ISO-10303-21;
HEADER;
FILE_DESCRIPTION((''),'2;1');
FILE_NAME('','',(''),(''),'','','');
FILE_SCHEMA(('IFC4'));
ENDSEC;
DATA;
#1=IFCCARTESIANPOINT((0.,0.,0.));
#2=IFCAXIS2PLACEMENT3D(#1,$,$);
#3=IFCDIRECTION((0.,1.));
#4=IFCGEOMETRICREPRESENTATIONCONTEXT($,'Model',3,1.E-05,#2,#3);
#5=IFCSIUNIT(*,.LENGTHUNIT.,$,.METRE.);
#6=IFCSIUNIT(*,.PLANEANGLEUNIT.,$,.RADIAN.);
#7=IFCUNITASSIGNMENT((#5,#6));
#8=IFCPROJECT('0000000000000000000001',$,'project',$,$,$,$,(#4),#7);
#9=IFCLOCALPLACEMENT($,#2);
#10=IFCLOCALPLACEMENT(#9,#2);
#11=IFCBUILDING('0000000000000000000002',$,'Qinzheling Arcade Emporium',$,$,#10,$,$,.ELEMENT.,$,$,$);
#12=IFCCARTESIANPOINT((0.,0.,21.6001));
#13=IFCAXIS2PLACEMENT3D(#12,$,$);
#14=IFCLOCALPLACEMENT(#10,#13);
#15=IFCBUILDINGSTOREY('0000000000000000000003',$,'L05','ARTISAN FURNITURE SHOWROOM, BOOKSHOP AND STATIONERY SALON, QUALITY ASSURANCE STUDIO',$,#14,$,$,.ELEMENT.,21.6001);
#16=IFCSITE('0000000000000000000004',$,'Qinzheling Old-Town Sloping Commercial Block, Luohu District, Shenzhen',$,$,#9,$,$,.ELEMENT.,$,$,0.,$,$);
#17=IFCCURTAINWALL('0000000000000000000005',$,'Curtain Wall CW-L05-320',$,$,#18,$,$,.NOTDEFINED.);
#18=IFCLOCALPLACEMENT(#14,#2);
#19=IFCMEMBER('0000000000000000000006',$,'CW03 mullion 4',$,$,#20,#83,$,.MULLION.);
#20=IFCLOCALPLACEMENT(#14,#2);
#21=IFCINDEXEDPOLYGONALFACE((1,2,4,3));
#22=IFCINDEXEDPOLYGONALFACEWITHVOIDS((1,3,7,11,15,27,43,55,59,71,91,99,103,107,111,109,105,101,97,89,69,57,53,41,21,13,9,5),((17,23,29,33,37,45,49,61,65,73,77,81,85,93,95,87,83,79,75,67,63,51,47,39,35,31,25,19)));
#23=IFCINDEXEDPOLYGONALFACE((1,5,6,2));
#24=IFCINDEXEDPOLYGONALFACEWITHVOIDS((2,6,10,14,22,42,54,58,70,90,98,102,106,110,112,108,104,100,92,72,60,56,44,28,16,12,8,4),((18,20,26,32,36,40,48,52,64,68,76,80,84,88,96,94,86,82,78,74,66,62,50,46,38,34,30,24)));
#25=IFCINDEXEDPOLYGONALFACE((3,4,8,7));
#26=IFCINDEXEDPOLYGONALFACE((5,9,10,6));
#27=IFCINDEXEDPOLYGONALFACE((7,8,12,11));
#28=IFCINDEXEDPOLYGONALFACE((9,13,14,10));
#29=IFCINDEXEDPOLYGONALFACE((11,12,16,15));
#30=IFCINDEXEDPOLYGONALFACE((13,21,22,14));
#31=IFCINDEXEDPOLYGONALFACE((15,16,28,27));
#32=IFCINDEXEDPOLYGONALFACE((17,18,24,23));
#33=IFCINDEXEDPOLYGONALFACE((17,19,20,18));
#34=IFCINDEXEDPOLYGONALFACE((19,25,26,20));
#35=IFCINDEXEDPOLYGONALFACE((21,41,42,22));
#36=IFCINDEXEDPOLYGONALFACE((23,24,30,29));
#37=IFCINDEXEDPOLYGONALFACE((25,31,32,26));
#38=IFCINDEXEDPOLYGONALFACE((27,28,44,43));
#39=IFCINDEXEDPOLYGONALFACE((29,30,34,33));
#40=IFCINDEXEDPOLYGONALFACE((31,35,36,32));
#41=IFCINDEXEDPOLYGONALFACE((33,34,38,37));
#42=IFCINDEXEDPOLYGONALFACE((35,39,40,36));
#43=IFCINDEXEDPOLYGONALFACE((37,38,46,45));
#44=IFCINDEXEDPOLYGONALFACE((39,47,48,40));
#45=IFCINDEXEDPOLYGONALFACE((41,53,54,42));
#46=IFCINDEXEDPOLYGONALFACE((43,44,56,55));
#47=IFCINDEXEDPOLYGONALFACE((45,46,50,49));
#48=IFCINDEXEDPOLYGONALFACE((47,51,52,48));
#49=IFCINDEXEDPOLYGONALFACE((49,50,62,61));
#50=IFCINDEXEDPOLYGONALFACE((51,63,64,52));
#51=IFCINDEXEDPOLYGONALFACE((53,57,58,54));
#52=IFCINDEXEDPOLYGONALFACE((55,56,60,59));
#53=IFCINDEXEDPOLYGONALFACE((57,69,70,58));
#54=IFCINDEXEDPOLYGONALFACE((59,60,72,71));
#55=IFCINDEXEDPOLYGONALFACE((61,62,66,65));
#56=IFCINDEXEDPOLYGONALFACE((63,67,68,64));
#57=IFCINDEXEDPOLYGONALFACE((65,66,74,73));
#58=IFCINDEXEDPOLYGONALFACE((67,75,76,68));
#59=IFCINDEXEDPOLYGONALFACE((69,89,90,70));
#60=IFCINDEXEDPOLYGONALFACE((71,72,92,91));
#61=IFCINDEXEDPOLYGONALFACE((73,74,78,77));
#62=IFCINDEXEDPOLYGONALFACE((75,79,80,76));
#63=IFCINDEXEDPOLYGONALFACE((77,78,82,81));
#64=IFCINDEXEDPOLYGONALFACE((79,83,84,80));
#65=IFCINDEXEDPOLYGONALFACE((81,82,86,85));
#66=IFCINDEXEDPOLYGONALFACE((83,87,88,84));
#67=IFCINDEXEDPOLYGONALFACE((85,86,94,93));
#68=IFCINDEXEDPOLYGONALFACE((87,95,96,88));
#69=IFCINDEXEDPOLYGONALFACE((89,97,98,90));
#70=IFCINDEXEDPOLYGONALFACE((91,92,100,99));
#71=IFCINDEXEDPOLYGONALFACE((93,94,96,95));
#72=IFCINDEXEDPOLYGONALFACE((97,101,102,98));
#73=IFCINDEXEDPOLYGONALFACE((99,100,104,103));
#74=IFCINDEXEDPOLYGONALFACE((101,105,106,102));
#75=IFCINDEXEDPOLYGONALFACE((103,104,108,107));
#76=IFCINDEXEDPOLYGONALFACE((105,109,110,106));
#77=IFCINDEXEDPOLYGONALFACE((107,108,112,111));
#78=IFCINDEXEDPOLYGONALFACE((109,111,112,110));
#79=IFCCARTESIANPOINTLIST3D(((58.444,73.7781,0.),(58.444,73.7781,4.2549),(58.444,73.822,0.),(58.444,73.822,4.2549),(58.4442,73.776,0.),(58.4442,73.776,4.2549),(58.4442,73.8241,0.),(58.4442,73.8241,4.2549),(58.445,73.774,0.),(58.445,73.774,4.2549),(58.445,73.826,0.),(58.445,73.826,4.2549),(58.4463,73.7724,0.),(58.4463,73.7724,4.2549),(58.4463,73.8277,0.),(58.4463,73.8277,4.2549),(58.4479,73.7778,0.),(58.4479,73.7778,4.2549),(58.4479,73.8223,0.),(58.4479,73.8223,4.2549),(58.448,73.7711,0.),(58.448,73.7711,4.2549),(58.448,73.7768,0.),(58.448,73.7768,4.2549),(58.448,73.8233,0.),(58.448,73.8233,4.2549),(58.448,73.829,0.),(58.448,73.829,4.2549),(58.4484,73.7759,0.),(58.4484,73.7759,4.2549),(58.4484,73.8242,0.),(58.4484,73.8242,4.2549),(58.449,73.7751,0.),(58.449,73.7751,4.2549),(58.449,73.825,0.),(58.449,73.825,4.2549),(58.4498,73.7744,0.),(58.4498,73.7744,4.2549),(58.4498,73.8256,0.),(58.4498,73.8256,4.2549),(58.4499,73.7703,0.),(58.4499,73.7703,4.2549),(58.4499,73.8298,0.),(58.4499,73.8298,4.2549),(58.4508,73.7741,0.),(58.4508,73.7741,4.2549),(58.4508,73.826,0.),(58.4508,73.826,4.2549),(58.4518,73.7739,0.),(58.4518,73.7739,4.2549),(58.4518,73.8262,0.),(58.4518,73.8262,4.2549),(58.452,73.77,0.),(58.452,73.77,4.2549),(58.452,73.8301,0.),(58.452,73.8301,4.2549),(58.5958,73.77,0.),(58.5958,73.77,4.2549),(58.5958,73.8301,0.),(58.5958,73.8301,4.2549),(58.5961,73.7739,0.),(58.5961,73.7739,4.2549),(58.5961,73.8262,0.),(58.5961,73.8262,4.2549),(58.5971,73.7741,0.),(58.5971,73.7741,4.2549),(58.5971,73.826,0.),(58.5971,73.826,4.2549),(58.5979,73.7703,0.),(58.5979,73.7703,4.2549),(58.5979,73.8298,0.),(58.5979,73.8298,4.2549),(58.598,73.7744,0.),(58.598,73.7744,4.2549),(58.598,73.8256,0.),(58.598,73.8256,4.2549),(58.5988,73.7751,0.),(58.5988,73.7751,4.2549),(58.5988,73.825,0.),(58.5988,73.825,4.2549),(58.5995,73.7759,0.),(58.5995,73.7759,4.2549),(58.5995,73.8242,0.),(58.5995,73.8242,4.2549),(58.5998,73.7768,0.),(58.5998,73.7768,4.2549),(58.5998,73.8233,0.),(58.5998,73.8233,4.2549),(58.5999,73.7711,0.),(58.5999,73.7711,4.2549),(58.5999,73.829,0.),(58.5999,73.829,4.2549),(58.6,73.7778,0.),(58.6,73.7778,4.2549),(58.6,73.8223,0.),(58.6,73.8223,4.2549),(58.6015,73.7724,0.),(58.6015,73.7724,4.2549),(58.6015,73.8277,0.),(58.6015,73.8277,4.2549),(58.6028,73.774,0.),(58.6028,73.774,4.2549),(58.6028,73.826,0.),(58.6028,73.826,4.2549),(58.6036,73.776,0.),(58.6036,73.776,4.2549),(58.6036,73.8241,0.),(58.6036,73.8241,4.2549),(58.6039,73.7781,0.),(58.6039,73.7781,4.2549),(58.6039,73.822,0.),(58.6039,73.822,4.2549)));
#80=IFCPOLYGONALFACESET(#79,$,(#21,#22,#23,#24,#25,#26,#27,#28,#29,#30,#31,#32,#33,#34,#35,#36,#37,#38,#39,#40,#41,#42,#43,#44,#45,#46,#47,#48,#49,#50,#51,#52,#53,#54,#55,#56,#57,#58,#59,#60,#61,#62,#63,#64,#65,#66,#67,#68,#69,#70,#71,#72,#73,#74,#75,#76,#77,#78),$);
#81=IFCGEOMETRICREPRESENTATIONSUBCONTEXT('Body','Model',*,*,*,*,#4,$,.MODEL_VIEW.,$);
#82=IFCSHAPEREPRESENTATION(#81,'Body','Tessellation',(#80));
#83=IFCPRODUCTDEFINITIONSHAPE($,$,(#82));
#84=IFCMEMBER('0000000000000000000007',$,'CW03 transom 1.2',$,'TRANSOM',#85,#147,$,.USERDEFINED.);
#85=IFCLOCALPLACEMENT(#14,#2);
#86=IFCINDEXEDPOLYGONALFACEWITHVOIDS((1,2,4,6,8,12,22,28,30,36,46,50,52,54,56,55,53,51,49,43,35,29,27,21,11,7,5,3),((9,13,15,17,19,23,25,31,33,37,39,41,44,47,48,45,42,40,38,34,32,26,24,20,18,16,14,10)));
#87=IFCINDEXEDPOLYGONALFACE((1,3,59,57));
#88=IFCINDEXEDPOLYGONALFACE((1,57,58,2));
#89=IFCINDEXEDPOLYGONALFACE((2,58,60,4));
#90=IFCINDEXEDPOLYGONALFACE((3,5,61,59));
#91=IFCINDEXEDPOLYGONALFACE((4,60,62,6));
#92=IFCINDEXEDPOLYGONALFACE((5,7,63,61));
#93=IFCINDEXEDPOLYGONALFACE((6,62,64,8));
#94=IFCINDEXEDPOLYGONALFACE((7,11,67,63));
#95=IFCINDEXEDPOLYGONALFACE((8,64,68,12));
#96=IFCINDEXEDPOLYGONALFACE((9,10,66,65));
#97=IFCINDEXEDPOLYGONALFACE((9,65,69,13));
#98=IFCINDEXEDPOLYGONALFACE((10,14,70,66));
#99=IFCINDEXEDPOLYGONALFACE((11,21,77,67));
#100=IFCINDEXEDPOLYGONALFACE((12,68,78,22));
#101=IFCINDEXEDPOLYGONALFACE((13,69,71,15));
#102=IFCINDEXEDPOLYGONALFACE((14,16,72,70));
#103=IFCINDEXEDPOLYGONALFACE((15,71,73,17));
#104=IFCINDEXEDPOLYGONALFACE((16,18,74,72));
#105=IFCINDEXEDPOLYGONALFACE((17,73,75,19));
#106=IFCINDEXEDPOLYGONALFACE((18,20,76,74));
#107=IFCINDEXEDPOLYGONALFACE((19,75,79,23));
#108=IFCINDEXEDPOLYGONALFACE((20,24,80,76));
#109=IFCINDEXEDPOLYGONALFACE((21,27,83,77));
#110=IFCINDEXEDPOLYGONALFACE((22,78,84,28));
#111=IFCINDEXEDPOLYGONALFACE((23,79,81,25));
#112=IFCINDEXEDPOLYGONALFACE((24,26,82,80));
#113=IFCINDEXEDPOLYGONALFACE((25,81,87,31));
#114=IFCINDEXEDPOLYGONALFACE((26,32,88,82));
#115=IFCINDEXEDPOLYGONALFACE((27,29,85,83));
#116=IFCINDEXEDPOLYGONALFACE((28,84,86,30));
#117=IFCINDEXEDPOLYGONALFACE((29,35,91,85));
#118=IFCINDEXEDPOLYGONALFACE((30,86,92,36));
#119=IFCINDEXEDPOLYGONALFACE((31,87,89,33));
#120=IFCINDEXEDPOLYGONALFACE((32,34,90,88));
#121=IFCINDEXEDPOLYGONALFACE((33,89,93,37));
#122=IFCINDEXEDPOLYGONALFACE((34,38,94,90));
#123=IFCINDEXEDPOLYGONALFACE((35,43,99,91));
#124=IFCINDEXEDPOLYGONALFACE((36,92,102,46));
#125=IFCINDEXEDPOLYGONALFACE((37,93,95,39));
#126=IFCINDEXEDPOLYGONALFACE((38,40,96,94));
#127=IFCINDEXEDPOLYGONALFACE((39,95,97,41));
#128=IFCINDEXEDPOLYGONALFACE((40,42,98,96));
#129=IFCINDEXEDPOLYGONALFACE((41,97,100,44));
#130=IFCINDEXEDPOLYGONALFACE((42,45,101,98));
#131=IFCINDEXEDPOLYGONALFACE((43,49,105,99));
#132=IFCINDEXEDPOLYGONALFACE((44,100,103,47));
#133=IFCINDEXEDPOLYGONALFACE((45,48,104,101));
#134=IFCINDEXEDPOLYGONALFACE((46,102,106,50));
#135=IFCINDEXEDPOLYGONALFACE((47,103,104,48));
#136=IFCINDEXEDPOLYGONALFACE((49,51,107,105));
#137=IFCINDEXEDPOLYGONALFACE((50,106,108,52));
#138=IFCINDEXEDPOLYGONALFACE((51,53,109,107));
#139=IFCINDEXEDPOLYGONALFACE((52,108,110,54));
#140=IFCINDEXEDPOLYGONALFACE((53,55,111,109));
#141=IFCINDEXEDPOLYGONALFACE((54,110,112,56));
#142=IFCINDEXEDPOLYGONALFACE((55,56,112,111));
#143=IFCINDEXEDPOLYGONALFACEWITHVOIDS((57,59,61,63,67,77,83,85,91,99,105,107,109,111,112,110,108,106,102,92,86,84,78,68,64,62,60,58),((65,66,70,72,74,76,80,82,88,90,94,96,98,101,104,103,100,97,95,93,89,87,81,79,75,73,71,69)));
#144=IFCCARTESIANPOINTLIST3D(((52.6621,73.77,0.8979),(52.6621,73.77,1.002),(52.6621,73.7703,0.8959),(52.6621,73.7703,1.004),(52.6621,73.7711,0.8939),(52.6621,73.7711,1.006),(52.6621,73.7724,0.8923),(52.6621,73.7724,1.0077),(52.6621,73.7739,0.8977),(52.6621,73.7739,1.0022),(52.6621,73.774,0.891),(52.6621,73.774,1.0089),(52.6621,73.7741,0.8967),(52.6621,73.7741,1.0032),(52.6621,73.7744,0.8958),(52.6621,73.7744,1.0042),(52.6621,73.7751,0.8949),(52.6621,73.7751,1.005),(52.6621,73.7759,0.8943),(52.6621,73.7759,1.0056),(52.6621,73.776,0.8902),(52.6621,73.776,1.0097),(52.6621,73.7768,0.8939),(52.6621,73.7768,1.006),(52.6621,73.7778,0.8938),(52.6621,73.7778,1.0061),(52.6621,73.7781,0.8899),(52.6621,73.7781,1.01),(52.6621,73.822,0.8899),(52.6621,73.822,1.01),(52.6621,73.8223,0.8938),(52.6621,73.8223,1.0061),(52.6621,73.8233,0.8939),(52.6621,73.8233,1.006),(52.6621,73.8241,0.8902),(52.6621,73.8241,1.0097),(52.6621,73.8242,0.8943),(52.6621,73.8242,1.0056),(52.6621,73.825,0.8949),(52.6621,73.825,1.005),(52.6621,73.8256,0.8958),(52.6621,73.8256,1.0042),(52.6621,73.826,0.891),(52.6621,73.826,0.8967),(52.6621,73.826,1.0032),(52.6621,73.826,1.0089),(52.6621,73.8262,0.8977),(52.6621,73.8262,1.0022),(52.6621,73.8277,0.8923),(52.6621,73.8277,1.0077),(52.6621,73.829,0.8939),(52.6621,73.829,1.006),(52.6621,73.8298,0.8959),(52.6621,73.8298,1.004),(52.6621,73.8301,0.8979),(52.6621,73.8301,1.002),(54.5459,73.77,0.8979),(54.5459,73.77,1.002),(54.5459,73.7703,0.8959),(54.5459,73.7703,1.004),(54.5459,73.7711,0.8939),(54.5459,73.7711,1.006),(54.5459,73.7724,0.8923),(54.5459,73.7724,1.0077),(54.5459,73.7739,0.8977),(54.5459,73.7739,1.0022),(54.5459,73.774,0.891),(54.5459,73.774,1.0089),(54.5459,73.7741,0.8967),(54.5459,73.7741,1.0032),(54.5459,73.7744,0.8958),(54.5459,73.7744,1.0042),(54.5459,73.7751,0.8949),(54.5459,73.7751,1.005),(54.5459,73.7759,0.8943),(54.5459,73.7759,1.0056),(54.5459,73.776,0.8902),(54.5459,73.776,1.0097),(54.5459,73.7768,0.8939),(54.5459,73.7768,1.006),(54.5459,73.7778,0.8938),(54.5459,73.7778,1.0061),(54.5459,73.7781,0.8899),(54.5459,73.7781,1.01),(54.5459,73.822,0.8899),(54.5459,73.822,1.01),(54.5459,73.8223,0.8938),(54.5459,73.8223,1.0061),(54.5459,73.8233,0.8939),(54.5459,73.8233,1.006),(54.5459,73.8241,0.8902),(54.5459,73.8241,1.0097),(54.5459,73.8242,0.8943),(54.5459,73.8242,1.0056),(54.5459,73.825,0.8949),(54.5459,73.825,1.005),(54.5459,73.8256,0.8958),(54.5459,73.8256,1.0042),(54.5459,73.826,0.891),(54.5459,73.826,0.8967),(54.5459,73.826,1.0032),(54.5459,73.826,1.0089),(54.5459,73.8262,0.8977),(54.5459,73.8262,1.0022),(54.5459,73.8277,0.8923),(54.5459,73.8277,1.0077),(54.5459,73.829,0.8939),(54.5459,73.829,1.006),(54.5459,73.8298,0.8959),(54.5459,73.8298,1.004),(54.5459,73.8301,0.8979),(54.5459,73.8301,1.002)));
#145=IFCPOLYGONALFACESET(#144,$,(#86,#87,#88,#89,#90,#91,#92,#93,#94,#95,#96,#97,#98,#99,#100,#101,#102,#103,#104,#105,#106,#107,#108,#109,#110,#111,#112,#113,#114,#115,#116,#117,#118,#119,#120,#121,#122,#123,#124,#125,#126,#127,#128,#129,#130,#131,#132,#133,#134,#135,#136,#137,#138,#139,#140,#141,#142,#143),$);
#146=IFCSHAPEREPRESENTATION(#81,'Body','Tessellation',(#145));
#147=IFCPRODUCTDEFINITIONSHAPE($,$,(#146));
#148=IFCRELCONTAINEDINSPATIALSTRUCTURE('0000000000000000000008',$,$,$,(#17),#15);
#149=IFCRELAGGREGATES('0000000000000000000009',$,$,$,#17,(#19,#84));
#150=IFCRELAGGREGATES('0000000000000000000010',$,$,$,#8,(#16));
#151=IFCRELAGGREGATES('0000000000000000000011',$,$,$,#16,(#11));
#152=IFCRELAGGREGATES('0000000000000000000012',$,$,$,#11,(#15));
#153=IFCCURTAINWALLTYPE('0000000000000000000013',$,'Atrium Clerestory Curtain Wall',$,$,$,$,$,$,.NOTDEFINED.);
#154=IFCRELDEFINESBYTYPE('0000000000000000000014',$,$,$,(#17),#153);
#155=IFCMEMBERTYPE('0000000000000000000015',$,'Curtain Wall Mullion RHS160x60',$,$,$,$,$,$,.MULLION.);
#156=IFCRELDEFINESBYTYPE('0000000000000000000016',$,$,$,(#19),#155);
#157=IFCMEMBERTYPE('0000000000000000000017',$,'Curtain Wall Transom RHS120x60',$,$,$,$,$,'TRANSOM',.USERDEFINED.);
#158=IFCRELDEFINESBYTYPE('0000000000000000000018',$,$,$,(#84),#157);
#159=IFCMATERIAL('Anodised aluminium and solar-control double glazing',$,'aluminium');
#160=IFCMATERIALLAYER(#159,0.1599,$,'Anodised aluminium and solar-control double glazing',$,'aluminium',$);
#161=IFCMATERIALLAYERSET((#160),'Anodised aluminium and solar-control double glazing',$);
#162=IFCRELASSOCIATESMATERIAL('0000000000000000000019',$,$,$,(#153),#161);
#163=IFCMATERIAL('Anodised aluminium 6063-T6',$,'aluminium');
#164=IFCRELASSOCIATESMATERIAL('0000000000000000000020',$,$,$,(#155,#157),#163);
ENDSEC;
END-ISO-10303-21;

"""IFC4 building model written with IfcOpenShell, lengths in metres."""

from ifc_helpers import new_model, si_unit, direction, frame, origin, origin_2d, place, context, subcontext, project, spatial, hollow_rectangle, extrude, material, layer, layer_set, material_profile, profile_set, type_object, element, aggregate, save


model = new_model("IFC4")

# Units and contexts
model_context = context("Model", 3, precision=1e-05, world=origin(), true_north=direction((0.0, 1.0)))
body_context = subcontext(model_context, "Body", "Model", "MODEL_VIEW")
ifc_project = project(units=[si_unit("LENGTHUNIT", "METRE"), si_unit("PLANEANGLEUNIT", "RADIAN")], contexts=[model_context])

# Site, building, storey
site_placement = place(None, origin())
site = spatial("IfcSite", under=ifc_project, at=site_placement, Name="Qinzheling Old-Town Sloping Commercial Block, Luohu District, Shenzhen", CompositionType="ELEMENT", RefElevation=0.0)
building_placement = place(site_placement, origin())
building = spatial("IfcBuilding", under=site, at=building_placement, Name="Qinzheling Arcade Emporium", CompositionType="ELEMENT")
storey_placement = place(building_placement, frame((0.0, 0.0, 21.6001)))
storey = spatial("IfcBuildingStorey", under=building, at=storey_placement, Name="L05", Description="ARTISAN FURNITURE SHOWROOM, BOOKSHOP AND STATIONERY SALON, QUALITY ASSURANCE STUDIO", CompositionType="ELEMENT", Elevation=21.6001)

# Curtain wall, members
ifc_material_1 = material(Name="Anodised aluminium and solar-control double glazing", Category="aluminium")
ifc_layer_1 = layer(ifc_material_1, 0.1599, Name="Anodised aluminium and solar-control double glazing", Category="aluminium")
ifc_layer_set_1 = layer_set([ifc_layer_1], Name="Anodised aluminium and solar-control double glazing")
curtain_wall_type = type_object("IfcCurtainWallType", Name="Atrium Clerestory Curtain Wall", PredefinedType="NOTDEFINED", material=ifc_layer_set_1)
curtain_wall_placement = place(storey_placement, origin())
curtain_wall = element("IfcCurtainWall", 1, at=curtain_wall_placement, inside=storey, type_object=curtain_wall_type, Name="Curtain Wall CW-L05-320", PredefinedType="NOTDEFINED")
ifc_material_2 = material(Name="Anodised aluminium 6063-T6", Category="aluminium")
ifc_material_profile_1 = material_profile(ifc_material_2, hollow_rectangle(XDim=0.0601, YDim=0.1599, WallThickness=0.0039, InnerFilletRadius=0.0039, OuterFilletRadius=0.0081, at=origin_2d()), Name="RHS 160x60x4", Category="aluminium")
ifc_profile_set_1 = profile_set([ifc_material_profile_1], Name="Anodised aluminium 6063-T6")
member_type_1 = type_object("IfcMemberType", Name="Curtain Wall Mullion RHS160x60", PredefinedType="MULLION", material=ifc_profile_set_1)
member_1_placement = place(storey_placement, frame((58.5239, 73.8, 0.0), z_axis=(0.0, 0.0, 1.0), x_axis=(0.0, 1.0, 0.0)))
member_1 = element("IfcMember", 2, at=member_1_placement, type_object=member_type_1, Name="CW03 mullion 4", PredefinedType="MULLION", context=body_context, shape_type="SweptSolid", body=[
    extrude(hollow_rectangle(XDim=0.0601, YDim=0.1599, WallThickness=0.0039, InnerFilletRadius=0.0039, OuterFilletRadius=0.0081, at=origin_2d()), origin(), (0.0, 0.0, 1.0), 4.2549),
])
ifc_material_profile_2 = material_profile(ifc_material_2, hollow_rectangle(XDim=0.0601, YDim=0.1201, WallThickness=0.0039, InnerFilletRadius=0.0039, OuterFilletRadius=0.0081, at=origin_2d()), Name="RHS 120x60x4", Category="aluminium")
ifc_profile_set_2 = profile_set([ifc_material_profile_2], Name="Anodised aluminium 6063-T6")
member_type_2 = type_object("IfcMemberType", Name="Curtain Wall Transom RHS120x60", ElementType="TRANSOM", PredefinedType="USERDEFINED", material=ifc_profile_set_2)
member_2_placement = place(storey_placement, frame((52.6621, 73.8, 0.95), z_axis=(1.0, 0.0, 0.0), x_axis=(0.0, 1.0, 0.0)))
member_2 = element("IfcMember", 3, at=member_2_placement, type_object=member_type_2, Name="CW03 transom 1.2", ObjectType="TRANSOM", PredefinedType="USERDEFINED", context=body_context, shape_type="SweptSolid", body=[
    extrude(hollow_rectangle(XDim=0.0601, YDim=0.1201, WallThickness=0.0039, InnerFilletRadius=0.0039, OuterFilletRadius=0.0081, at=origin_2d()), origin(), (0.0, 0.0, 1.0), 1.8838),
])

aggregate(curtain_wall, [member_1, member_2])

save(model, "model.ifc")
